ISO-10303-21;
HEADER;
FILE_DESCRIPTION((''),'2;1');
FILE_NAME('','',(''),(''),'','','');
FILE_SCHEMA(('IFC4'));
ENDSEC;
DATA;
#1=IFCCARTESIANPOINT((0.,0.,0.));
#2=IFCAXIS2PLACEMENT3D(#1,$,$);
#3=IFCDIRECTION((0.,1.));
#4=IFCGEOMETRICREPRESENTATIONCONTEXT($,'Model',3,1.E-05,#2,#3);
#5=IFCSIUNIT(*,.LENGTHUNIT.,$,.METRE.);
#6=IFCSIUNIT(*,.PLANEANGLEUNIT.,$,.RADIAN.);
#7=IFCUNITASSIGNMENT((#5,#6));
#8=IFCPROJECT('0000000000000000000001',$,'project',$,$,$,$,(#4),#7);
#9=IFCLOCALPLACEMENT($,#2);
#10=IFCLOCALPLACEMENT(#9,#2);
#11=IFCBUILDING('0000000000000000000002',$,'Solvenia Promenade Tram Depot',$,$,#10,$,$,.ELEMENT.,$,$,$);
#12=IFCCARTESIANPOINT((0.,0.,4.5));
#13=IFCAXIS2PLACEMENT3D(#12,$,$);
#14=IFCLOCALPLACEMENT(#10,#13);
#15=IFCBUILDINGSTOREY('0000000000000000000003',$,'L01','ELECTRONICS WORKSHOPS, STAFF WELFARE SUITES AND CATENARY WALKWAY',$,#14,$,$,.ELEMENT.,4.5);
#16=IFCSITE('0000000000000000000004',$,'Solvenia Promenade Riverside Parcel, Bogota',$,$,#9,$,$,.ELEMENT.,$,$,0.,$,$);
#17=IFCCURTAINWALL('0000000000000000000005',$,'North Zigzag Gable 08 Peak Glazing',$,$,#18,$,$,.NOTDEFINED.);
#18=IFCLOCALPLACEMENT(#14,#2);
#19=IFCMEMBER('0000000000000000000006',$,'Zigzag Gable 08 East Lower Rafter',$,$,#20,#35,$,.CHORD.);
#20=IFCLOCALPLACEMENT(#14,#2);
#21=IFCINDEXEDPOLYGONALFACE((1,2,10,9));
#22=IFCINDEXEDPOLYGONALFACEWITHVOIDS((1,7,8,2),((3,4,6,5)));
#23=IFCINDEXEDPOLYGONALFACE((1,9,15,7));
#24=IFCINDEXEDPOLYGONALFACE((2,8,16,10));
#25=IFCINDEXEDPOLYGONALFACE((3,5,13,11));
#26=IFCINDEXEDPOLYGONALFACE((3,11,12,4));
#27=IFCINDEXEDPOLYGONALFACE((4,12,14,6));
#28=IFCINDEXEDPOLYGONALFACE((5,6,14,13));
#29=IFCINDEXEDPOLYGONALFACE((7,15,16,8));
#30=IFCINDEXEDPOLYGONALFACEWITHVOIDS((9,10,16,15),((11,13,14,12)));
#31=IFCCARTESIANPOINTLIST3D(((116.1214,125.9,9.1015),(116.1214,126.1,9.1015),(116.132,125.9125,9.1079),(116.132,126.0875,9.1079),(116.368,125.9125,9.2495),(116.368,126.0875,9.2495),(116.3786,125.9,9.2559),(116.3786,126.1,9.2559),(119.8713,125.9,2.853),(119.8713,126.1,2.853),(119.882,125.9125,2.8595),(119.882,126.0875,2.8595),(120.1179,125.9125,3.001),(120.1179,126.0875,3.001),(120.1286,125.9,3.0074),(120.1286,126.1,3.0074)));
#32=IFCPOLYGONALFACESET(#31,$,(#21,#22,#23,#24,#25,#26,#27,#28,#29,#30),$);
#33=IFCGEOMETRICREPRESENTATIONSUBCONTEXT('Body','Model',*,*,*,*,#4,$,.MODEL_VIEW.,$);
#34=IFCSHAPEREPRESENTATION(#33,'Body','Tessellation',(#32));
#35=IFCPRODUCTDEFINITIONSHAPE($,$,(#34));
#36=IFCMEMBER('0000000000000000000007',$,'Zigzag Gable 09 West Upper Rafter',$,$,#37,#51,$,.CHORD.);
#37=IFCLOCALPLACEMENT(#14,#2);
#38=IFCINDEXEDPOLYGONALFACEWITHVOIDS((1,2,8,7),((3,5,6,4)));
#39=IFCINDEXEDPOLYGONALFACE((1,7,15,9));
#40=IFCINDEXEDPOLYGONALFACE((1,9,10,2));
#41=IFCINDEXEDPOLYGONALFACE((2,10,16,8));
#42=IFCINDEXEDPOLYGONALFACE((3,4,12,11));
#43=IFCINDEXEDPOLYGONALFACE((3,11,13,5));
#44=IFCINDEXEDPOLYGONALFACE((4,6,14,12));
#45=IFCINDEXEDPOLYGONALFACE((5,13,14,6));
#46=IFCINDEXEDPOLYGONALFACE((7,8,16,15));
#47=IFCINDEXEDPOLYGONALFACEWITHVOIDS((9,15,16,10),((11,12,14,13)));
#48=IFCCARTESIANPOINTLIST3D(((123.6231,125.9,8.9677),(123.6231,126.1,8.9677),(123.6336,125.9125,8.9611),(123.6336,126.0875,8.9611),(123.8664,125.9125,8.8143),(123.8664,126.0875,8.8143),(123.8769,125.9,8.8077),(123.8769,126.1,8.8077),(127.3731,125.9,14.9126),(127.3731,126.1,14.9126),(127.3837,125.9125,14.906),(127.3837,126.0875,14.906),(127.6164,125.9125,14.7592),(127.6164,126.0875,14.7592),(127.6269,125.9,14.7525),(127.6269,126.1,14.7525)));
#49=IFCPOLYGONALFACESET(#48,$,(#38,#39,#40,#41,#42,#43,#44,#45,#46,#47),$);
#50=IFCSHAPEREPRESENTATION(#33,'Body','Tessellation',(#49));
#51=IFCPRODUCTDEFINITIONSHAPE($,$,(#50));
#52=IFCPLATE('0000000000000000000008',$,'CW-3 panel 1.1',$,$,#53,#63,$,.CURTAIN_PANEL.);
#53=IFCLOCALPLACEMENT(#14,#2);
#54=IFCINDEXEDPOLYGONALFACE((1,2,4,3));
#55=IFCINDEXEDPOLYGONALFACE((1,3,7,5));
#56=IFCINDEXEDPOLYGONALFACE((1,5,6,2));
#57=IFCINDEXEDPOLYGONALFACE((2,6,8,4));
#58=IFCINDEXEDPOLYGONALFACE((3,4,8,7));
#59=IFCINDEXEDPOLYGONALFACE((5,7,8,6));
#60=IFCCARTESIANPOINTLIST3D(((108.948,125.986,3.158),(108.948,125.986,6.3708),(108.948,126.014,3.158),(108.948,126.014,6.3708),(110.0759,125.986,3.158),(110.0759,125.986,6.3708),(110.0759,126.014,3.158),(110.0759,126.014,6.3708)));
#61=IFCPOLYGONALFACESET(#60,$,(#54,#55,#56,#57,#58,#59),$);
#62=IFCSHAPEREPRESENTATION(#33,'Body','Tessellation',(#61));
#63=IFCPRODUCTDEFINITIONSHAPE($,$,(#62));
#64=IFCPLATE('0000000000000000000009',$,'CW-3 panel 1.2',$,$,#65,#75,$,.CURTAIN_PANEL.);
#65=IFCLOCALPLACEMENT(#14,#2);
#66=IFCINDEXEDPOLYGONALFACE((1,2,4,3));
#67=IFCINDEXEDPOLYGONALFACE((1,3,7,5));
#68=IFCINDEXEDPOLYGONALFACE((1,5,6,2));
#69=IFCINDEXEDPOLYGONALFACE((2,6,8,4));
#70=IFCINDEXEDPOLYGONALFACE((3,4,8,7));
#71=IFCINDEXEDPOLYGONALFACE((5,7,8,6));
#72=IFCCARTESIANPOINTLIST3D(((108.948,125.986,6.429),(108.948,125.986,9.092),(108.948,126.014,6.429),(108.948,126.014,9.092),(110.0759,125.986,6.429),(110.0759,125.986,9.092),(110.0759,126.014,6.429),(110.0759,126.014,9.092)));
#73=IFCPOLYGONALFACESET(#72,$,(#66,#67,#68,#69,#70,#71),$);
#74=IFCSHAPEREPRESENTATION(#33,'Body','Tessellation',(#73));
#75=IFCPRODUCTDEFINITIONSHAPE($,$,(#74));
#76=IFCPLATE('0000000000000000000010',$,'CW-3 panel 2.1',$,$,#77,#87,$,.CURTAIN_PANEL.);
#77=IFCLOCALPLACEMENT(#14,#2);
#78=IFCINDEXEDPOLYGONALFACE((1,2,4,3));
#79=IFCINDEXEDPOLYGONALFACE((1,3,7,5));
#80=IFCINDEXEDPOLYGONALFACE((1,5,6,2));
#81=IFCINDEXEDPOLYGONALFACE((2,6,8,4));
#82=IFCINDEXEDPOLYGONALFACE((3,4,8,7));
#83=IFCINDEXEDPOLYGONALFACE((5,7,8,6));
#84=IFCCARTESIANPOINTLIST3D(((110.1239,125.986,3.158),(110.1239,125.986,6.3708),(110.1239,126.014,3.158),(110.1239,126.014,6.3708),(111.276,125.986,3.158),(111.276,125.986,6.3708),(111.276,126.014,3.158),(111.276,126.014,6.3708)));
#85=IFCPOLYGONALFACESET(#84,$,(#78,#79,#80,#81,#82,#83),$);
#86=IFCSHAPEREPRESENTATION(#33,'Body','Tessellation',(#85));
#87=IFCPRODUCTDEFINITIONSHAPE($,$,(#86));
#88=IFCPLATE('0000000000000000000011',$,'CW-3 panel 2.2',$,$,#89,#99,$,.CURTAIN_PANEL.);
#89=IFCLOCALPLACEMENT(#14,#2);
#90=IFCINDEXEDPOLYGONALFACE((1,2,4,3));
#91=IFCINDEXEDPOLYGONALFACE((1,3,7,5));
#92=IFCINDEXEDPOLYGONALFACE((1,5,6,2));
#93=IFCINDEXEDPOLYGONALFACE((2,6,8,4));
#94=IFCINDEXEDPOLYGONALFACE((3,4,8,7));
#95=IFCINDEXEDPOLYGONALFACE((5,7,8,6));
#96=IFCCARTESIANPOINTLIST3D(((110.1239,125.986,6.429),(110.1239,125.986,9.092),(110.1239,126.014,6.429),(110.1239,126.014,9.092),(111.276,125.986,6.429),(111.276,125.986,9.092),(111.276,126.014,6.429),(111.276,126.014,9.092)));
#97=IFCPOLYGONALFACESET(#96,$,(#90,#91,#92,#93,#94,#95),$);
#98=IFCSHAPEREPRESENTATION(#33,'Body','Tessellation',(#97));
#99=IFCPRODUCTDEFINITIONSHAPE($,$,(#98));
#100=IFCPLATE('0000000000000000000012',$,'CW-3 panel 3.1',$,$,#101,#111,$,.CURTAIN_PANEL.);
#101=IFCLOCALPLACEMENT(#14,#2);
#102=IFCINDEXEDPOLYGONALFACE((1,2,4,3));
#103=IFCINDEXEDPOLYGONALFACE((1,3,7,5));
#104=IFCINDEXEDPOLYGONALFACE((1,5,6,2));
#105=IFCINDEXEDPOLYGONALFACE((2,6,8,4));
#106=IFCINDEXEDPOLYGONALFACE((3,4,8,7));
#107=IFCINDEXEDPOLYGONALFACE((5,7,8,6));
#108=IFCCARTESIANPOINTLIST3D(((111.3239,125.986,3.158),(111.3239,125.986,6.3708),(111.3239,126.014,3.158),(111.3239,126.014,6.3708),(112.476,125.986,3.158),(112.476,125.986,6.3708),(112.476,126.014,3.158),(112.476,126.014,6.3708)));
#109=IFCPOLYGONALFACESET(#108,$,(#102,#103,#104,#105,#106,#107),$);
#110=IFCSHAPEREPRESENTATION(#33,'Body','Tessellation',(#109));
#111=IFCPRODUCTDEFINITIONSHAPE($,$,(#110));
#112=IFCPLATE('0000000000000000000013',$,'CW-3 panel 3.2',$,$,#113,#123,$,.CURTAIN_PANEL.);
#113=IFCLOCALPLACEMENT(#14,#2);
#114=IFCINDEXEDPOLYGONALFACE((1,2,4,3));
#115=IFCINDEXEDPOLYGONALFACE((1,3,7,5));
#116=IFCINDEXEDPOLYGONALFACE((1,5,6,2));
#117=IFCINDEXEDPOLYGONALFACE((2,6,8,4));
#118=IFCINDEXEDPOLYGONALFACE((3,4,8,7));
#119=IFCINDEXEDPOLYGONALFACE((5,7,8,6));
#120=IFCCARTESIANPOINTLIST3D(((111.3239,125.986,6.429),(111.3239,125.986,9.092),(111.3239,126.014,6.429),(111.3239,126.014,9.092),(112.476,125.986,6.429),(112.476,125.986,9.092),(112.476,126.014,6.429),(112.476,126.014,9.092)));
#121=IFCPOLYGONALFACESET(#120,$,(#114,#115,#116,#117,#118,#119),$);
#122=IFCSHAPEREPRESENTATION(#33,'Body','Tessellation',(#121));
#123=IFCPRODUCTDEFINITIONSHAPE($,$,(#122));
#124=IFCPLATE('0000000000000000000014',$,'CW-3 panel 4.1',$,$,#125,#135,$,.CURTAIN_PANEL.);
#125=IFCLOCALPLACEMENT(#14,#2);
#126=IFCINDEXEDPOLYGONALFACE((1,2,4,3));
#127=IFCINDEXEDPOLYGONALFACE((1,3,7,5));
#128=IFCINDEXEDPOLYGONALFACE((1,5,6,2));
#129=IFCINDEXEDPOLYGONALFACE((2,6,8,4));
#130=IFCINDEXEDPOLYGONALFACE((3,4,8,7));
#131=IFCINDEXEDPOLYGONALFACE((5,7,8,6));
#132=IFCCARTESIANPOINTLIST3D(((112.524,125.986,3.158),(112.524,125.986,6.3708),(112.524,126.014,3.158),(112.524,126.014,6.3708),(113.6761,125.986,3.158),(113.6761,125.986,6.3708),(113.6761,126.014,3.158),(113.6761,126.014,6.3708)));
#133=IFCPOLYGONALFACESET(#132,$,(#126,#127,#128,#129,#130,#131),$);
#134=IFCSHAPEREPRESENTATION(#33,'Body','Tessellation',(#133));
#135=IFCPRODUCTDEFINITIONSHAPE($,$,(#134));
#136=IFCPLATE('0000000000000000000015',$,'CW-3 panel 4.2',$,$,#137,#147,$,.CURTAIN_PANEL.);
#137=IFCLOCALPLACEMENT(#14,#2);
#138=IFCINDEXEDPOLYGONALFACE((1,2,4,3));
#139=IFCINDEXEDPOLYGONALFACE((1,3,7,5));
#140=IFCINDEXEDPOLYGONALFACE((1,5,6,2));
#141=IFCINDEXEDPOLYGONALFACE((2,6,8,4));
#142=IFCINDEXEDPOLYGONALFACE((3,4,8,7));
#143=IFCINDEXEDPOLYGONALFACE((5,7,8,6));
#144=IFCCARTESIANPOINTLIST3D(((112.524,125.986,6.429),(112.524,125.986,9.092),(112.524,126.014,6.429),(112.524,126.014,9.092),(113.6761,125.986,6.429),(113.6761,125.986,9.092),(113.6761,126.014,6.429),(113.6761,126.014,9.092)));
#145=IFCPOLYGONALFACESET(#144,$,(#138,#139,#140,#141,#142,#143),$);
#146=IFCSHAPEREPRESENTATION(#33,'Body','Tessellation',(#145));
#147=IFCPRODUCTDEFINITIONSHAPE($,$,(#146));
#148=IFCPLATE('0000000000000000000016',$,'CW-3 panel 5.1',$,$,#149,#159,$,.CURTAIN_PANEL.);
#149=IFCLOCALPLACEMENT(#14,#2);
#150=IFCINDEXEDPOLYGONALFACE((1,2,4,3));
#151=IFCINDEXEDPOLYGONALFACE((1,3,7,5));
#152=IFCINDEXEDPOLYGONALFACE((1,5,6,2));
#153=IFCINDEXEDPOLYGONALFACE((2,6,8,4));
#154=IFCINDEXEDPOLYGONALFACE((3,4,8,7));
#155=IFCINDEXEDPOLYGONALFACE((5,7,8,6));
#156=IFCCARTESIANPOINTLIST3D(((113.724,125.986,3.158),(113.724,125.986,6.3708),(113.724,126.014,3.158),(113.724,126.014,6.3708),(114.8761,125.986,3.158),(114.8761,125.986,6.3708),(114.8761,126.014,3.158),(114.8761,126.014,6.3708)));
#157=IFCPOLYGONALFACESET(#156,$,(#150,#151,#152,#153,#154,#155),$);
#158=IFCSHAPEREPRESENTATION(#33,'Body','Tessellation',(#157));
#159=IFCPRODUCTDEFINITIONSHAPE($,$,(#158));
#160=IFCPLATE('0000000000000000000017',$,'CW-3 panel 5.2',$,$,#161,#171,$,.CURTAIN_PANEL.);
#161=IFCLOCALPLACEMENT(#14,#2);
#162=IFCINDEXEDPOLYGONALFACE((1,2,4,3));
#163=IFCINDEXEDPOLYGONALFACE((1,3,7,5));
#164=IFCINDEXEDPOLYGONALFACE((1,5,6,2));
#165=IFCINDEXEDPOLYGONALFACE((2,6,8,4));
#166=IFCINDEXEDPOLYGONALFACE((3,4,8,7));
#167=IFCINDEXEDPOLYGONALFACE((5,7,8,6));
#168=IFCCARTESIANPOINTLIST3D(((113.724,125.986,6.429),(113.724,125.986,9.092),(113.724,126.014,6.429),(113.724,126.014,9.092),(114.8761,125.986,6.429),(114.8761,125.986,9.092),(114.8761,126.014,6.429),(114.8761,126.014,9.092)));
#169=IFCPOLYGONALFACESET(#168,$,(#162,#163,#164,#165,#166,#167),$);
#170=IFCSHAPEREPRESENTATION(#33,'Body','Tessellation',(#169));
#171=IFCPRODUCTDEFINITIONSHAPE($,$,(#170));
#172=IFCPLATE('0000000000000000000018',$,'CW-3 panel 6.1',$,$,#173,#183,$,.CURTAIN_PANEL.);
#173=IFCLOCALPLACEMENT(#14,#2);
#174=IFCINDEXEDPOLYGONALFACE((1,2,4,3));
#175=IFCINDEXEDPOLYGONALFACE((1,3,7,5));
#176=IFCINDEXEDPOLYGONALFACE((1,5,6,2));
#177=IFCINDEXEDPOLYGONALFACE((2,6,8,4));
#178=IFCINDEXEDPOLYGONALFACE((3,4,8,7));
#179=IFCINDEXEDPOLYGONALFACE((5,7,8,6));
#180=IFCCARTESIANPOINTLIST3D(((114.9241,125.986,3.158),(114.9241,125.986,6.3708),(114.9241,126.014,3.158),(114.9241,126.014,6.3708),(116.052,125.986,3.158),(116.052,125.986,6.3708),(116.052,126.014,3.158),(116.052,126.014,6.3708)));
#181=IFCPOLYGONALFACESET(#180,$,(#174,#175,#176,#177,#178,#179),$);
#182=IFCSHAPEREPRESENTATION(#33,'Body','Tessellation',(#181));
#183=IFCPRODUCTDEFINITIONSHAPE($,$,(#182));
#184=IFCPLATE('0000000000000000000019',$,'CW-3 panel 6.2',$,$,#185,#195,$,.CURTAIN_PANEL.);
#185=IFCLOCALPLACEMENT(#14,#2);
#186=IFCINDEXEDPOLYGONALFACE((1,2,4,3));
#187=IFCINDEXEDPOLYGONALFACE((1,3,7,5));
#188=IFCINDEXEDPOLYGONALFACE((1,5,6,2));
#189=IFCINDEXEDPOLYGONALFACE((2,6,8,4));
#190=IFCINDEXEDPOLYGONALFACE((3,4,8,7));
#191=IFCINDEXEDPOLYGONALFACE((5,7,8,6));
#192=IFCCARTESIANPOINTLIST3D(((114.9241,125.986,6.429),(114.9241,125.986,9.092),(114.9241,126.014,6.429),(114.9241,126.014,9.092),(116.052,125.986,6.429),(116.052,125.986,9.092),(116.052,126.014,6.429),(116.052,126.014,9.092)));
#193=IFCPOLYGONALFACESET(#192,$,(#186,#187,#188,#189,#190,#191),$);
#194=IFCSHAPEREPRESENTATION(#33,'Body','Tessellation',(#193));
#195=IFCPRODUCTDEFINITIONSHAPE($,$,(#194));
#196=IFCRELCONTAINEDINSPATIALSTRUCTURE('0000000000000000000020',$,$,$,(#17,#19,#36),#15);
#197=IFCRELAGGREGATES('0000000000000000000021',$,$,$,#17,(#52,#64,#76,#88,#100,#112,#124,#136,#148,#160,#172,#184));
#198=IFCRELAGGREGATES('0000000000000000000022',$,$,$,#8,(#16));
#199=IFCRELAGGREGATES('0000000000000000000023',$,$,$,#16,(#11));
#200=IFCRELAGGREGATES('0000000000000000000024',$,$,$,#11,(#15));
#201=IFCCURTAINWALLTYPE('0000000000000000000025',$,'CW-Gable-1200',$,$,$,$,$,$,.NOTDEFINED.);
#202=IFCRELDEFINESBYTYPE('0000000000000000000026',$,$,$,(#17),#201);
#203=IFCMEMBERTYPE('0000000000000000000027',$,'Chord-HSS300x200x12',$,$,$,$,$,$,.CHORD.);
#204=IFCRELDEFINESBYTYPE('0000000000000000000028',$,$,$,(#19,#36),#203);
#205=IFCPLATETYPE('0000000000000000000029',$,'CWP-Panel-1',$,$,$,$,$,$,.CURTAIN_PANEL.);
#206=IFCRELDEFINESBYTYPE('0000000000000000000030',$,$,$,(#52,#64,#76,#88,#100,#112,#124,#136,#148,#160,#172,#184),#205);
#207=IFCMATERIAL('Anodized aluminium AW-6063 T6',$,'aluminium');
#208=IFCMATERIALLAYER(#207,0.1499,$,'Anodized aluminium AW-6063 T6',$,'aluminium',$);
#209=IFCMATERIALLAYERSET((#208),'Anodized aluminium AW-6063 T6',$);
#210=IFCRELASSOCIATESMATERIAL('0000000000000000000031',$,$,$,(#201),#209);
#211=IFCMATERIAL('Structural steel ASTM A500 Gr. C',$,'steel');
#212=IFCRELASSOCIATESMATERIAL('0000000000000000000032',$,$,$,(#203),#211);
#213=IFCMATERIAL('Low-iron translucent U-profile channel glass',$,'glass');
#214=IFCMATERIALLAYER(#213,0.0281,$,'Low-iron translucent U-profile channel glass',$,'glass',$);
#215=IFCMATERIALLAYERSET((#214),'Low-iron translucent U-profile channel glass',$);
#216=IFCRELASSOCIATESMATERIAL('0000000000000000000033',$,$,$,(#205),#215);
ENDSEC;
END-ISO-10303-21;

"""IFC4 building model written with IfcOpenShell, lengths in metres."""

from ifc_helpers import new_model, si_unit, direction, frame, origin, origin_2d, place, context, subcontext, project, spatial, rectangle, hollow_rectangle, extrude, material, layer, layer_set, material_profile, profile_set, type_object, element, aggregate, save


model = new_model("IFC4")

# Units and contexts
model_context = context("Model", 3, precision=1e-05, world=origin(), true_north=direction((0.0, 1.0)))
body_context = subcontext(model_context, "Body", "Model", "MODEL_VIEW")
ifc_project = project(units=[si_unit("LENGTHUNIT", "METRE"), si_unit("PLANEANGLEUNIT", "RADIAN")], contexts=[model_context])

# Site, building, storey
site_placement = place(None, origin())
site = spatial("IfcSite", under=ifc_project, at=site_placement, Name="Solvenia Promenade Riverside Parcel, Bogota", CompositionType="ELEMENT", RefElevation=0.0)
building_placement = place(site_placement, origin())
building = spatial("IfcBuilding", under=site, at=building_placement, Name="Solvenia Promenade Tram Depot", CompositionType="ELEMENT")
storey_placement = place(building_placement, frame((0.0, 0.0, 4.5)))
storey = spatial("IfcBuildingStorey", under=building, at=storey_placement, Name="L01", Description="ELECTRONICS WORKSHOPS, STAFF WELFARE SUITES AND CATENARY WALKWAY", CompositionType="ELEMENT", Elevation=4.5)

# Curtain wall
ifc_material_1 = material(Name="Anodized aluminium AW-6063 T6", Category="aluminium")
ifc_layer_1 = layer(ifc_material_1, 0.1499, Name="Anodized aluminium AW-6063 T6", Category="aluminium")
ifc_layer_set_1 = layer_set([ifc_layer_1], Name="Anodized aluminium AW-6063 T6")
curtain_wall_type = type_object("IfcCurtainWallType", Name="CW-Gable-1200", PredefinedType="NOTDEFINED", material=ifc_layer_set_1)
curtain_wall_placement = place(storey_placement, origin())
curtain_wall = element("IfcCurtainWall", 1, at=curtain_wall_placement, inside=storey, type_object=curtain_wall_type, Name="North Zigzag Gable 08 Peak Glazing", PredefinedType="NOTDEFINED")

# Members
ifc_material_2 = material(Name="Structural steel ASTM A500 Gr. C", Category="steel")
ifc_material_profile_1 = material_profile(ifc_material_2, hollow_rectangle(XDim=0.2, YDim=0.3, WallThickness=0.0125, at=origin_2d()), Name="HSS300x200x12.5", Category="steel")
ifc_profile_set_1 = profile_set([ifc_material_profile_1], Name="Structural steel ASTM A500 Gr. C")
member_type_1 = type_object("IfcMemberType", Name="Chord-HSS300x200x12", PredefinedType="CHORD", material=ifc_profile_set_1)
for number, where, z_axis, x_axis, name in (
    (2, (116.25, 126.0, 9.1787), (0.514584, 0.0, -0.85744), (0.0, 1.0, 0.0), "Zigzag Gable 08 East Lower Rafter"),
):
    element("IfcMember", number, at=place(storey_placement, frame(where, z_axis=z_axis, x_axis=x_axis)), inside=storey, type_object=member_type_1, Name=name, PredefinedType="CHORD", context=body_context, shape_type="SweptSolid", body=[
        extrude(hollow_rectangle(XDim=0.2, YDim=0.3, WallThickness=0.0125, at=origin_2d()), origin(), (0.0, 0.0, 1.0), 7.2874),
    ])
member_1_placement = place(storey_placement, frame((123.75, 126.0, 8.8877), z_axis=(0.533522, 0.0, 0.845786), x_axis=(0.0, 1.0, 0.0)))
element("IfcMember", 3, at=member_1_placement, inside=storey, type_object=member_type_1, Name="Zigzag Gable 09 West Upper Rafter", PredefinedType="CHORD", context=body_context, shape_type="SweptSolid", body=[
    extrude(hollow_rectangle(XDim=0.2, YDim=0.3, WallThickness=0.0125, at=origin_2d()), origin(), (0.0, 0.0, 1.0), 7.0288),
])

# Plates
ifc_material_3 = material(Name="Low-iron translucent U-profile channel glass", Category="glass")
ifc_layer_2 = layer(ifc_material_3, 0.0281, Name="Low-iron translucent U-profile channel glass", Category="glass")
ifc_layer_set_2 = layer_set([ifc_layer_2], Name="Low-iron translucent U-profile channel glass")
plate_type_1 = type_object("IfcPlateType", Name="CWP-Panel-1", PredefinedType="CURTAIN_PANEL", material=ifc_layer_set_2)
plate_1_placement = place(storey_placement, frame((109.512, 126.0, 3.158), z_axis=(0.0, 0.0, 1.0), x_axis=(1.0, 0.0, 0.0)))
plate_1 = element("IfcPlate", 4, at=plate_1_placement, type_object=plate_type_1, Name="CW-3 panel 1.1", PredefinedType="CURTAIN_PANEL", context=body_context, shape_type="SweptSolid", body=[
    extrude(rectangle(XDim=1.1279, YDim=0.0281, at=origin_2d()), origin(), (0.0, 0.0, 1.0), 3.2129),
])
plate_2_placement = place(storey_placement, frame((109.512, 126.0, 6.429), z_axis=(0.0, 0.0, 1.0), x_axis=(1.0, 0.0, 0.0)))
plate_2 = element("IfcPlate", 5, at=plate_2_placement, type_object=plate_type_1, Name="CW-3 panel 1.2", PredefinedType="CURTAIN_PANEL", context=body_context, shape_type="SweptSolid", body=[
    extrude(rectangle(XDim=1.1279, YDim=0.0281, at=origin_2d()), origin(), (0.0, 0.0, 1.0), 2.6631),
])
plate_3_placement = place(storey_placement, frame((110.7, 126.0, 3.158), z_axis=(0.0, 0.0, 1.0), x_axis=(1.0, 0.0, 0.0)))
plate_3 = element("IfcPlate", 6, at=plate_3_placement, type_object=plate_type_1, Name="CW-3 panel 2.1", PredefinedType="CURTAIN_PANEL", context=body_context, shape_type="SweptSolid", body=[
    extrude(rectangle(XDim=1.1521, YDim=0.0281, at=origin_2d()), origin(), (0.0, 0.0, 1.0), 3.2129),
])
plate_4_placement = place(storey_placement, frame((110.7, 126.0, 6.429), z_axis=(0.0, 0.0, 1.0), x_axis=(1.0, 0.0, 0.0)))
plate_4 = element("IfcPlate", 7, at=plate_4_placement, type_object=plate_type_1, Name="CW-3 panel 2.2", PredefinedType="CURTAIN_PANEL", context=body_context, shape_type="SweptSolid", body=[
    extrude(rectangle(XDim=1.1521, YDim=0.0281, at=origin_2d()), origin(), (0.0, 0.0, 1.0), 2.6631),
])
plate_5_placement = place(storey_placement, frame((111.8999, 126.0, 3.158), z_axis=(0.0, 0.0, 1.0), x_axis=(1.0, 0.0, 0.0)))
plate_5 = element("IfcPlate", 8, at=plate_5_placement, type_object=plate_type_1, Name="CW-3 panel 3.1", PredefinedType="CURTAIN_PANEL", context=body_context, shape_type="SweptSolid", body=[
    extrude(rectangle(XDim=1.1521, YDim=0.0281, at=origin_2d()), origin(), (0.0, 0.0, 1.0), 3.2129),
])
plate_6_placement = place(storey_placement, frame((111.8999, 126.0, 6.429), z_axis=(0.0, 0.0, 1.0), x_axis=(1.0, 0.0, 0.0)))
plate_6 = element("IfcPlate", 9, at=plate_6_placement, type_object=plate_type_1, Name="CW-3 panel 3.2", PredefinedType="CURTAIN_PANEL", context=body_context, shape_type="SweptSolid", body=[
    extrude(rectangle(XDim=1.1521, YDim=0.0281, at=origin_2d()), origin(), (0.0, 0.0, 1.0), 2.6631),
])
plate_7_placement = place(storey_placement, frame((113.1001, 126.0, 3.158), z_axis=(0.0, 0.0, 1.0), x_axis=(1.0, 0.0, 0.0)))
plate_7 = element("IfcPlate", 10, at=plate_7_placement, type_object=plate_type_1, Name="CW-3 panel 4.1", PredefinedType="CURTAIN_PANEL", context=body_context, shape_type="SweptSolid", body=[
    extrude(rectangle(XDim=1.1521, YDim=0.0281, at=origin_2d()), origin(), (0.0, 0.0, 1.0), 3.2129),
])
plate_8_placement = place(storey_placement, frame((113.1001, 126.0, 6.429), z_axis=(0.0, 0.0, 1.0), x_axis=(1.0, 0.0, 0.0)))
plate_8 = element("IfcPlate", 11, at=plate_8_placement, type_object=plate_type_1, Name="CW-3 panel 4.2", PredefinedType="CURTAIN_PANEL", context=body_context, shape_type="SweptSolid", body=[
    extrude(rectangle(XDim=1.1521, YDim=0.0281, at=origin_2d()), origin(), (0.0, 0.0, 1.0), 2.6631),
])
plate_9_placement = place(storey_placement, frame((114.3, 126.0, 3.158), z_axis=(0.0, 0.0, 1.0), x_axis=(1.0, 0.0, 0.0)))
plate_9 = element("IfcPlate", 12, at=plate_9_placement, type_object=plate_type_1, Name="CW-3 panel 5.1", PredefinedType="CURTAIN_PANEL", context=body_context, shape_type="SweptSolid", body=[
    extrude(rectangle(XDim=1.1521, YDim=0.0281, at=origin_2d()), origin(), (0.0, 0.0, 1.0), 3.2129),
])
plate_10_placement = place(storey_placement, frame((114.3, 126.0, 6.429), z_axis=(0.0, 0.0, 1.0), x_axis=(1.0, 0.0, 0.0)))
plate_10 = element("IfcPlate", 13, at=plate_10_placement, type_object=plate_type_1, Name="CW-3 panel 5.2", PredefinedType="CURTAIN_PANEL", context=body_context, shape_type="SweptSolid", body=[
    extrude(rectangle(XDim=1.1521, YDim=0.0281, at=origin_2d()), origin(), (0.0, 0.0, 1.0), 2.6631),
])
plate_11_placement = place(storey_placement, frame((115.488, 126.0, 3.158), z_axis=(0.0, 0.0, 1.0), x_axis=(1.0, 0.0, 0.0)))
plate_11 = element("IfcPlate", 14, at=plate_11_placement, type_object=plate_type_1, Name="CW-3 panel 6.1", PredefinedType="CURTAIN_PANEL", context=body_context, shape_type="SweptSolid", body=[
    extrude(rectangle(XDim=1.1279, YDim=0.0281, at=origin_2d()), origin(), (0.0, 0.0, 1.0), 3.2129),
])
plate_12_placement = place(storey_placement, frame((115.488, 126.0, 6.429), z_axis=(0.0, 0.0, 1.0), x_axis=(1.0, 0.0, 0.0)))
plate_12 = element("IfcPlate", 15, at=plate_12_placement, type_object=plate_type_1, Name="CW-3 panel 6.2", PredefinedType="CURTAIN_PANEL", context=body_context, shape_type="SweptSolid", body=[
    extrude(rectangle(XDim=1.1279, YDim=0.0281, at=origin_2d()), origin(), (0.0, 0.0, 1.0), 2.6631),
])
aggregate(curtain_wall, [plate_1, plate_2, plate_3, plate_4, plate_5, plate_6, plate_7, plate_8, plate_9, plate_10, plate_11, plate_12])

save(model, "model.ifc")
